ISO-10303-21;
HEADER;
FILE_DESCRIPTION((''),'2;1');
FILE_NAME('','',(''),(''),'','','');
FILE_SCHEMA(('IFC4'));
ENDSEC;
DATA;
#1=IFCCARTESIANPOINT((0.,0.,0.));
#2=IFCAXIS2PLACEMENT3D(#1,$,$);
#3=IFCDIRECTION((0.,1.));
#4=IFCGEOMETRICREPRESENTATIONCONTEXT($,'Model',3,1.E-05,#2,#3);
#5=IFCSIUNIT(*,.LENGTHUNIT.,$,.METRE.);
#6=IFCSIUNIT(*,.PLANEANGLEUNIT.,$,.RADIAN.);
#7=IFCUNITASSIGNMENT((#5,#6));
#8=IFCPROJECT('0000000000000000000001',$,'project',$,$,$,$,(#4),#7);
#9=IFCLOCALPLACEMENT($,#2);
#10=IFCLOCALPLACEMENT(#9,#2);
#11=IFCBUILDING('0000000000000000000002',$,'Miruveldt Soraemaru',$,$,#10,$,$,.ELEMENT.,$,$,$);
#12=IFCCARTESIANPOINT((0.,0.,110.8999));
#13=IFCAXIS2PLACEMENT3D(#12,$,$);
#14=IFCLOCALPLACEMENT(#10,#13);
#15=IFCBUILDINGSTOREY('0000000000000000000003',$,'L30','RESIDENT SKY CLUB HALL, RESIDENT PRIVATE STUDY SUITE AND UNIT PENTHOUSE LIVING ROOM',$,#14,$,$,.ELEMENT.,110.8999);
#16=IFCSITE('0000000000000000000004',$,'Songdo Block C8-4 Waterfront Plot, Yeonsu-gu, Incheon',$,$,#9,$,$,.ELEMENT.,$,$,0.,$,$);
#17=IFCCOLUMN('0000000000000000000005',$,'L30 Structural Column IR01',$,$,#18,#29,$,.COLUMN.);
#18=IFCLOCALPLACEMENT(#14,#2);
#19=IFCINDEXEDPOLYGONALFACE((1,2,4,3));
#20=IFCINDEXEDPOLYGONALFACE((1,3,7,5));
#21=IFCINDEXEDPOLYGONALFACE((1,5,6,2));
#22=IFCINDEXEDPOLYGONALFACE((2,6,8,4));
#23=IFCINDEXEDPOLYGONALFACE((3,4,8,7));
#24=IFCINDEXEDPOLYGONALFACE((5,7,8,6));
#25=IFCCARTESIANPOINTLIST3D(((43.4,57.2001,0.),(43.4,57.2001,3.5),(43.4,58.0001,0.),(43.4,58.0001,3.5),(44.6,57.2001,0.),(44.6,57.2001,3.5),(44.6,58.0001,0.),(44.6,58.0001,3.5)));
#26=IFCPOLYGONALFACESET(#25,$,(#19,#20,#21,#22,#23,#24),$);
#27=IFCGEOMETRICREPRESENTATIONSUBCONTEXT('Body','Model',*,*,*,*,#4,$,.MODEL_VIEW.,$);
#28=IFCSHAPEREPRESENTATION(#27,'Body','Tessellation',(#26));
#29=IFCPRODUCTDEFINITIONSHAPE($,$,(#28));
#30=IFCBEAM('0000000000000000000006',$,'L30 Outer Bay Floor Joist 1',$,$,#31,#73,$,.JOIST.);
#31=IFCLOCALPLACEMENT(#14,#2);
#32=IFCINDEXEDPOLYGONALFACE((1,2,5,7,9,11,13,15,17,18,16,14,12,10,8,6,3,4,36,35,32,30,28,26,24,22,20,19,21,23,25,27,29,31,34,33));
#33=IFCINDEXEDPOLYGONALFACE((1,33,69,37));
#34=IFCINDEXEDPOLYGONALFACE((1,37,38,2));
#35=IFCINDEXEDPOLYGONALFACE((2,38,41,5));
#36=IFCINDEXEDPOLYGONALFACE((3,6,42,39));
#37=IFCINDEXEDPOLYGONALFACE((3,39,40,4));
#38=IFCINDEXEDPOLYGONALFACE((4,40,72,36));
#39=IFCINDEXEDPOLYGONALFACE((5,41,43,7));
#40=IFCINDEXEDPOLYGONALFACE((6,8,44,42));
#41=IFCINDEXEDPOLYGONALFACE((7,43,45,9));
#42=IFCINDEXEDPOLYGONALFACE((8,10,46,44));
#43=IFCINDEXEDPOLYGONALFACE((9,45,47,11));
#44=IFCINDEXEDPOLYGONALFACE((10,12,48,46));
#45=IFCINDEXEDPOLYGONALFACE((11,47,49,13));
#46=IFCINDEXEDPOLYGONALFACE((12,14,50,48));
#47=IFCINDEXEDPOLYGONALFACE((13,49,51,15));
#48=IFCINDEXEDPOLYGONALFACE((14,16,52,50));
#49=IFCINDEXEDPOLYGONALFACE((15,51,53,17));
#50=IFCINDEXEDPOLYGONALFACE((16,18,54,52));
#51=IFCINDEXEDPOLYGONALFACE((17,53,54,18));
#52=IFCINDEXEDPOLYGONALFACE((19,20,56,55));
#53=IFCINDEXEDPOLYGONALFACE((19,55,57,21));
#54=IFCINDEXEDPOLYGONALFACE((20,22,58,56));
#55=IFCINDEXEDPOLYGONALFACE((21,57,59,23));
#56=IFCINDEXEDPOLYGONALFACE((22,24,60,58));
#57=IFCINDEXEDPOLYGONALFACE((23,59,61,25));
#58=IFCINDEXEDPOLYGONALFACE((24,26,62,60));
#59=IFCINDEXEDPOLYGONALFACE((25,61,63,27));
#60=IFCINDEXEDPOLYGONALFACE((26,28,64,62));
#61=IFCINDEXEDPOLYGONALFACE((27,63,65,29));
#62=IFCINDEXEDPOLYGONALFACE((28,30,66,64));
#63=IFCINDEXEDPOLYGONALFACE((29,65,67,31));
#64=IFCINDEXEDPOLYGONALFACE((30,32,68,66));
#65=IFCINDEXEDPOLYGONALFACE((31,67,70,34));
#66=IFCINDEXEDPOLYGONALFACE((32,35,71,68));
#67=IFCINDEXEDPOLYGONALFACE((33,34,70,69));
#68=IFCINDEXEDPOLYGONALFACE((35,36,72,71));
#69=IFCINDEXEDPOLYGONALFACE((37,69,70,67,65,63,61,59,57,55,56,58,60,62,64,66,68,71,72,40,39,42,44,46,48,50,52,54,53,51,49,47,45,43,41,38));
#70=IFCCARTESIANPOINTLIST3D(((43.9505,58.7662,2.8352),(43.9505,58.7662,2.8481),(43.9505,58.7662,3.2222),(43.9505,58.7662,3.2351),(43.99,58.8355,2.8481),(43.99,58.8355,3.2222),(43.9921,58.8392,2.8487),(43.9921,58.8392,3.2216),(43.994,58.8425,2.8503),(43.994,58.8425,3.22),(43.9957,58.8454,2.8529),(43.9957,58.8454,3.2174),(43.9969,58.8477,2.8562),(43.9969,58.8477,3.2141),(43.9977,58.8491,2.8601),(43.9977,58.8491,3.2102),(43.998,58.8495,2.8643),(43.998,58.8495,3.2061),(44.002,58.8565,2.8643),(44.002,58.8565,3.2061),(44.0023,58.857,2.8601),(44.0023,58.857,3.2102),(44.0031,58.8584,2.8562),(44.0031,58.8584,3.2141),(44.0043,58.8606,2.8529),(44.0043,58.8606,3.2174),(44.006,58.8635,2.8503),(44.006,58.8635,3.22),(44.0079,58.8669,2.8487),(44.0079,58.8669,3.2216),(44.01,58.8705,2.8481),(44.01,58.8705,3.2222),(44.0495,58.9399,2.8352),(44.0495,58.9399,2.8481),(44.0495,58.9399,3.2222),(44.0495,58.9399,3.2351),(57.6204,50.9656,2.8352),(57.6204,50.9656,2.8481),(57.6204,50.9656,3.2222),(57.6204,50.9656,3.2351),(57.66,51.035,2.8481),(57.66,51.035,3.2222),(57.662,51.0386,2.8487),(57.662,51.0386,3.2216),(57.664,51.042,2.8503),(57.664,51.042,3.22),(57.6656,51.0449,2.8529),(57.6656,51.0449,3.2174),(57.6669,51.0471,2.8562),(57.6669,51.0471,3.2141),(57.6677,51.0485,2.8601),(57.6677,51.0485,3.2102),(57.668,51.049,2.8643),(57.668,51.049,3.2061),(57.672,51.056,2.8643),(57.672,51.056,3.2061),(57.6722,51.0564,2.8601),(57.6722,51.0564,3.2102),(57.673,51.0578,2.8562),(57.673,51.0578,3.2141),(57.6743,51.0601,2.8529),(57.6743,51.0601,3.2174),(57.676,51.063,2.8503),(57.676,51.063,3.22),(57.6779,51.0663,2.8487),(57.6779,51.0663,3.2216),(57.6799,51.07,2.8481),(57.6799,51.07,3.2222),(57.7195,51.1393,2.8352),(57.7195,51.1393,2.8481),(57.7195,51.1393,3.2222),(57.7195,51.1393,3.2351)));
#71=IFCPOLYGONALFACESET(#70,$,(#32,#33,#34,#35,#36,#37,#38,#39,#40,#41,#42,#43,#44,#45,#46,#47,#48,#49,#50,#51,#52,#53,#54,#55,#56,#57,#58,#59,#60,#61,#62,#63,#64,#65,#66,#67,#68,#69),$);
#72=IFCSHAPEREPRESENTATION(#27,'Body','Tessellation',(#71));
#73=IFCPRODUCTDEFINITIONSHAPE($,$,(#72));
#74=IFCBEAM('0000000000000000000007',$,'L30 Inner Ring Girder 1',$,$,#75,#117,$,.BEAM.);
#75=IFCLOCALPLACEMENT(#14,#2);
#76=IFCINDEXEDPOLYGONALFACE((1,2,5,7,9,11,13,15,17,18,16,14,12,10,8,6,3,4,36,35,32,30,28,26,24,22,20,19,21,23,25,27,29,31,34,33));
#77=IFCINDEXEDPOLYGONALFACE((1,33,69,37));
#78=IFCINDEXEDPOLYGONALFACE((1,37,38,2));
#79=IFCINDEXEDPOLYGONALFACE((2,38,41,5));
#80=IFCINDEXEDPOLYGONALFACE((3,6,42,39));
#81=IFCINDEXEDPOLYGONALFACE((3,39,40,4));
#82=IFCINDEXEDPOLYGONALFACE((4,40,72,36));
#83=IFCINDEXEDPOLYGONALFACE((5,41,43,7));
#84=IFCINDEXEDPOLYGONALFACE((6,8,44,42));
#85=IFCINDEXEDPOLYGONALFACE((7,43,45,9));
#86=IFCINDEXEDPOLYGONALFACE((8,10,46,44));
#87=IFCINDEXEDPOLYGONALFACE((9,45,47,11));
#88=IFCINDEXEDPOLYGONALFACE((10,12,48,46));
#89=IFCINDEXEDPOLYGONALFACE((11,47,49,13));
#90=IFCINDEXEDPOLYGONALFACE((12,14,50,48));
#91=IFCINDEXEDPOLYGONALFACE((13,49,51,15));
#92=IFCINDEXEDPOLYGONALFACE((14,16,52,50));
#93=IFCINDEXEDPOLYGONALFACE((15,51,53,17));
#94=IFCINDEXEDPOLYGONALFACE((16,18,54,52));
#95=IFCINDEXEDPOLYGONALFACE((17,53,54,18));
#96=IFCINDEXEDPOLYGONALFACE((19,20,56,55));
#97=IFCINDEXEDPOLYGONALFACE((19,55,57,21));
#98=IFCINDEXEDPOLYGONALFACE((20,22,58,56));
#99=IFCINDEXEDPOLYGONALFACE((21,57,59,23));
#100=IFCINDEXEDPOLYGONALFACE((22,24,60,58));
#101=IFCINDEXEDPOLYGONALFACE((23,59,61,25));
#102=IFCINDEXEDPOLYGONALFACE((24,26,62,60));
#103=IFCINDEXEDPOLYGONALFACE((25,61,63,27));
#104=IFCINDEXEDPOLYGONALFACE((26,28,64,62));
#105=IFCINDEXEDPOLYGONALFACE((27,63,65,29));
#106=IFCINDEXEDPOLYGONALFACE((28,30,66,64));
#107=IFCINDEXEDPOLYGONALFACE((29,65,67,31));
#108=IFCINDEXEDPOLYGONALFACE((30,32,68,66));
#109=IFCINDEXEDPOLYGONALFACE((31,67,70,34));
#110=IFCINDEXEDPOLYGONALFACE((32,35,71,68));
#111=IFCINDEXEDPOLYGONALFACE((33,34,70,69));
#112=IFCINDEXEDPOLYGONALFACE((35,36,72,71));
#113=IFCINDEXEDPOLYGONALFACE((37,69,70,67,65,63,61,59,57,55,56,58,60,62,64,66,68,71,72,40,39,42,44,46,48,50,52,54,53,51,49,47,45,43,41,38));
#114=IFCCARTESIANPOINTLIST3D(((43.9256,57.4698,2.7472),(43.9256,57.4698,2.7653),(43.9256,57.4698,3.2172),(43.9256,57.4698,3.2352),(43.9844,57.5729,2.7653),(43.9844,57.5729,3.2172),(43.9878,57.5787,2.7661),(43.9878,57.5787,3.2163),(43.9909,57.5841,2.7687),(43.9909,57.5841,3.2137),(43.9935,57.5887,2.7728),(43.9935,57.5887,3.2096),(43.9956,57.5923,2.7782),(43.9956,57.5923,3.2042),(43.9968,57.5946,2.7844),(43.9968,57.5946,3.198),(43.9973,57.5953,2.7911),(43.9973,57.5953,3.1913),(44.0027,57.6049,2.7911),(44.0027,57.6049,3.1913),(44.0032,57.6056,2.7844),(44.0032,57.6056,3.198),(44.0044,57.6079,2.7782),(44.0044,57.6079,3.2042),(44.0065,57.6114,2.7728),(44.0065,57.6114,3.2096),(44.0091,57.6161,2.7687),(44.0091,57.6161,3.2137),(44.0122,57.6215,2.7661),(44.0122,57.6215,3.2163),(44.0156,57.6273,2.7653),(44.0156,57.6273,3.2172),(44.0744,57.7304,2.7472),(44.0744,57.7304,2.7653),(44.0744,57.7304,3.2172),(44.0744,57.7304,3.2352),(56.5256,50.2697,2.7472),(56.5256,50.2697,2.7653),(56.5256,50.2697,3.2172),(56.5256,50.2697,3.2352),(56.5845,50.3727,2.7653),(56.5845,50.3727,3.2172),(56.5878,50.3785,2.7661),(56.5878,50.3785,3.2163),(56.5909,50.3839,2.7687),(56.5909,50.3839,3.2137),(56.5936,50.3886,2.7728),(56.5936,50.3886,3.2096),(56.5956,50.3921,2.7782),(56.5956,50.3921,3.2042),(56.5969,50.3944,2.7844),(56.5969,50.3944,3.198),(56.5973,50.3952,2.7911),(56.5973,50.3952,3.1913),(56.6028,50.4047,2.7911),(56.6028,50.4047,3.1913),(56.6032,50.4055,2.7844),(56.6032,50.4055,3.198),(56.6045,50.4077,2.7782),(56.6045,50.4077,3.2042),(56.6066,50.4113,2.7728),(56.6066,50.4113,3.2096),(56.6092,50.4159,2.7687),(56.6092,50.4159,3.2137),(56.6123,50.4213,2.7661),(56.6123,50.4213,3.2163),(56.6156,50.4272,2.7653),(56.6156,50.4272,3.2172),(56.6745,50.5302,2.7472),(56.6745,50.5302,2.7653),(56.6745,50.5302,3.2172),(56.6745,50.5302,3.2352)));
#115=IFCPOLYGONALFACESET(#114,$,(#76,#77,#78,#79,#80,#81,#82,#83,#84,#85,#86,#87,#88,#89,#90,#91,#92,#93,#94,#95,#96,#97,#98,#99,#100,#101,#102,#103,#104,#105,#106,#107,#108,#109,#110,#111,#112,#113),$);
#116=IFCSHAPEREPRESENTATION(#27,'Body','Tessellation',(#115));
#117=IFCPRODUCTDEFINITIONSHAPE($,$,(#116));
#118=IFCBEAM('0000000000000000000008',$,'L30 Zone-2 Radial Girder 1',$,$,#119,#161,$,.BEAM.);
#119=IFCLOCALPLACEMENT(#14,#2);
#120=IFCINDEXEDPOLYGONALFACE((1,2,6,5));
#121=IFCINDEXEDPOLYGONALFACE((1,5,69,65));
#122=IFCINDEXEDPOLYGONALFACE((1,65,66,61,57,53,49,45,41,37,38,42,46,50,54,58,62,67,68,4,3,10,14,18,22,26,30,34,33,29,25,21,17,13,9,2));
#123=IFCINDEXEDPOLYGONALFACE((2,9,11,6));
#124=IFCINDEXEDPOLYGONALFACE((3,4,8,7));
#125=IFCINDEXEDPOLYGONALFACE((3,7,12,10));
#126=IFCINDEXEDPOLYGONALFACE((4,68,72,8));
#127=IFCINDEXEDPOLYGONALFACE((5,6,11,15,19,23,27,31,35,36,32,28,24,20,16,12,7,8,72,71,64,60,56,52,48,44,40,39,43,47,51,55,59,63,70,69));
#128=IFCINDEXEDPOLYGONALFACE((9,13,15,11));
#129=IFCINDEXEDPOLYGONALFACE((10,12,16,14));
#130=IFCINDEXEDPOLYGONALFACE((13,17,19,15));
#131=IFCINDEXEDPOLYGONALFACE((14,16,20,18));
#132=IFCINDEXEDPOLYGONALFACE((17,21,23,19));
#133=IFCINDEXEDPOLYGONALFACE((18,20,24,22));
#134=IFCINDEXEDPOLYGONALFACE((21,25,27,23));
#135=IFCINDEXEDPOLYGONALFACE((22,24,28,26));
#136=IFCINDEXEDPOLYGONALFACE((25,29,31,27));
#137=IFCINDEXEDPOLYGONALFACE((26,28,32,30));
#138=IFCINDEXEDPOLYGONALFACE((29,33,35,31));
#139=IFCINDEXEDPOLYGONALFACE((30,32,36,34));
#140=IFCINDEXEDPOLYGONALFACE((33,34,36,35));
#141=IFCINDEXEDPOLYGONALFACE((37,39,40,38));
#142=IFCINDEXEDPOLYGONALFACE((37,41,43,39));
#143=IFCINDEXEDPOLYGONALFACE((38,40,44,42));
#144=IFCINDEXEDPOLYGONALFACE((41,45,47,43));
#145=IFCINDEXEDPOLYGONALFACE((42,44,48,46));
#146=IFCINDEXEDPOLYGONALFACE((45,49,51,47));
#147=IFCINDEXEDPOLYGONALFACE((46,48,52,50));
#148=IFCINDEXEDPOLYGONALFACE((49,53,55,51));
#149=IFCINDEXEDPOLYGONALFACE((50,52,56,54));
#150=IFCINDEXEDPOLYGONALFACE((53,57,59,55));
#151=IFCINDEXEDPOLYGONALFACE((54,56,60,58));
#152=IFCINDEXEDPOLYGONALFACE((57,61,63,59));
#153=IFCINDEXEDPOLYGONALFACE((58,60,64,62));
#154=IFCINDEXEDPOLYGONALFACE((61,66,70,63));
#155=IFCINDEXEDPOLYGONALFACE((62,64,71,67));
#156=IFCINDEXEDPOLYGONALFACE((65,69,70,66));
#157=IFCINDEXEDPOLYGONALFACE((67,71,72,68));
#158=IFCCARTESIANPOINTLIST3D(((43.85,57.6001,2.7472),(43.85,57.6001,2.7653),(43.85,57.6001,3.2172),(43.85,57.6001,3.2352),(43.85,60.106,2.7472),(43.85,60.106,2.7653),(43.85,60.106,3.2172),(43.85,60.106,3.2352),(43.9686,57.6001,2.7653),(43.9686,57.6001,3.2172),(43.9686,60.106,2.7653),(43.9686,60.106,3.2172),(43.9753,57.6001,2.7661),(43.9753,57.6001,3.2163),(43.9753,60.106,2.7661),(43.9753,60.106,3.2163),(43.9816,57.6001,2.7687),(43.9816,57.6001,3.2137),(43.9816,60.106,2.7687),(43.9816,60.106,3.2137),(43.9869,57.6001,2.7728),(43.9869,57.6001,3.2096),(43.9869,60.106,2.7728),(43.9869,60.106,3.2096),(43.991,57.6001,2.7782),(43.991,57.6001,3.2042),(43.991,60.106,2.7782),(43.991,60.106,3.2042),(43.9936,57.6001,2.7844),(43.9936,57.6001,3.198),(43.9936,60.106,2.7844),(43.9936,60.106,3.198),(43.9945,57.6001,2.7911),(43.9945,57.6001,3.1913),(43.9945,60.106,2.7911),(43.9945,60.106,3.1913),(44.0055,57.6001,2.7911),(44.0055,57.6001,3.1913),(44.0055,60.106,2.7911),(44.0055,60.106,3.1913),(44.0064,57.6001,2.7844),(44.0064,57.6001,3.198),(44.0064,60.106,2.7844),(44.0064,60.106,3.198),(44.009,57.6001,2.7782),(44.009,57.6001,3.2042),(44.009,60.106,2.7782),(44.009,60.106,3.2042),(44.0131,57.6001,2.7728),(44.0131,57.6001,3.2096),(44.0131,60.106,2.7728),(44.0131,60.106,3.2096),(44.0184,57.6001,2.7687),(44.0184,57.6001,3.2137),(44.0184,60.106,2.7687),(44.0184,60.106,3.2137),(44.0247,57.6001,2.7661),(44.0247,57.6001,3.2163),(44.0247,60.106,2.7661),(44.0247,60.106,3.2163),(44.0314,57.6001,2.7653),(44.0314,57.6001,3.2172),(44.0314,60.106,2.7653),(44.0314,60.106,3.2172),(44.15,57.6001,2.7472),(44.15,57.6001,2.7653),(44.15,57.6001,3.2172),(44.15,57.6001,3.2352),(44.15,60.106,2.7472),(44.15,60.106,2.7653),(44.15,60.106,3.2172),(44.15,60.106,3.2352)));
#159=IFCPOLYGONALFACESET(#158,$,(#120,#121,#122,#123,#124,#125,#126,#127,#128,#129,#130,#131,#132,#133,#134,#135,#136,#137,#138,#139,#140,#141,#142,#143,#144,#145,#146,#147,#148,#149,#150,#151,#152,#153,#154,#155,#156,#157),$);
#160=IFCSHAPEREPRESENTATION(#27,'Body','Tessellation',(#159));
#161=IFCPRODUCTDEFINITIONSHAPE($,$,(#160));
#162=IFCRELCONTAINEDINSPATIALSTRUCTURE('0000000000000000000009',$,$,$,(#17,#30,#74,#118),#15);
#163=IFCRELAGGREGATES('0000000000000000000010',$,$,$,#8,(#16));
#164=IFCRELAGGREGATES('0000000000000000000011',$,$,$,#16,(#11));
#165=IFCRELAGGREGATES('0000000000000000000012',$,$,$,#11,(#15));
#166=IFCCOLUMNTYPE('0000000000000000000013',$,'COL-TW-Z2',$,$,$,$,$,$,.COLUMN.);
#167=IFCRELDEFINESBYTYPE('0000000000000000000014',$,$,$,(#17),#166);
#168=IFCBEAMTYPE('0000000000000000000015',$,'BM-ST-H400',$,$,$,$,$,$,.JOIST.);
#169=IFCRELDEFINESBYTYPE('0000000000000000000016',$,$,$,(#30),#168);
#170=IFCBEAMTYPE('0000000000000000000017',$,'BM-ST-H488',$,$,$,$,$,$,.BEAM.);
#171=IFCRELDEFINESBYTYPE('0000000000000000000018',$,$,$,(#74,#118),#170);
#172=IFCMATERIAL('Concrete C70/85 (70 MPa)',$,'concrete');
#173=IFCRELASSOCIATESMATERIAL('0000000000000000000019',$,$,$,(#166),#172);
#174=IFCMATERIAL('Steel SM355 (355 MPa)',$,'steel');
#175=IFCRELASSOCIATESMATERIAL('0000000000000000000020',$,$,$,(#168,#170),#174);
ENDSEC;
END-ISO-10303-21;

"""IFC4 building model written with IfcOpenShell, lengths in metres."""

from ifc_helpers import new_model, si_unit, direction, frame, origin, origin_2d, place, context, subcontext, project, spatial, rectangle, i_section, extrude, material, material_profile, profile_set, type_object, element, save


model = new_model("IFC4")

# Units and contexts
model_context = context("Model", 3, precision=1e-05, world=origin(), true_north=direction((0.0, 1.0)))
body_context = subcontext(model_context, "Body", "Model", "MODEL_VIEW")
ifc_project = project(units=[si_unit("LENGTHUNIT", "METRE"), si_unit("PLANEANGLEUNIT", "RADIAN")], contexts=[model_context])

# Site, building, storey
site_placement = place(None, origin())
site = spatial("IfcSite", under=ifc_project, at=site_placement, Name="Songdo Block C8-4 Waterfront Plot, Yeonsu-gu, Incheon", CompositionType="ELEMENT", RefElevation=0.0)
building_placement = place(site_placement, origin())
building = spatial("IfcBuilding", under=site, at=building_placement, Name="Miruveldt Soraemaru", CompositionType="ELEMENT")
storey_placement = place(building_placement, frame((0.0, 0.0, 110.8999)))
storey = spatial("IfcBuildingStorey", under=building, at=storey_placement, Name="L30", Description="RESIDENT SKY CLUB HALL, RESIDENT PRIVATE STUDY SUITE AND UNIT PENTHOUSE LIVING ROOM", CompositionType="ELEMENT", Elevation=110.8999)

# Column
ifc_material_1 = material(Name="Concrete C70/85 (70 MPa)", Category="concrete")
ifc_material_profile_1 = material_profile(ifc_material_1, rectangle(XDim=1.2, YDim=0.8, at=origin_2d()), Name="Concrete C70/85 (70 MPa)", Category="concrete")
ifc_profile_set_1 = profile_set([ifc_material_profile_1], Name="Concrete C70/85 (70 MPa)")
column_type = type_object("IfcColumnType", Name="COL-TW-Z2", PredefinedType="COLUMN", material=ifc_profile_set_1)
column_placement = place(storey_placement, frame((44.0, 57.6001, 0.0), z_axis=(0.0, 0.0, 1.0), x_axis=(1.0, 0.0, 0.0)))
element("IfcColumn", 1, at=column_placement, inside=storey, type_object=column_type, Name="L30 Structural Column IR01", PredefinedType="COLUMN", context=body_context, shape_type="SweptSolid", body=[
    extrude(rectangle(XDim=1.2, YDim=0.8, at=origin_2d()), origin(), (0.0, 0.0, 1.0), 3.5),
])

# Beams
ifc_material_2 = material(Name="Steel SM355 (355 MPa)", Category="steel")
ifc_material_profile_2 = material_profile(ifc_material_2, i_section(OverallWidth=0.2, OverallDepth=0.3999, WebThickness=0.0081, FlangeThickness=0.0129, FilletRadius=0.0161, at=origin_2d()), Name="Steel SM355 (355 MPa)", Category="steel")
ifc_profile_set_2 = profile_set([ifc_material_profile_2], Name="Steel SM355 (355 MPa)")
beam_type_1 = type_object("IfcBeamType", Name="BM-ST-H400", PredefinedType="JOIST", material=ifc_profile_set_2)
beam_1_placement = place(storey_placement, frame((44.0, 58.853, 3.0352), z_axis=(0.86854, -0.495619, 0.0), x_axis=(0.495619, 0.86854, 0.0)))
element("IfcBeam", 2, at=beam_1_placement, inside=storey, type_object=beam_type_1, Name="L30 Outer Bay Floor Joist 1", PredefinedType="JOIST", context=body_context, shape_type="SweptSolid", body=[
    extrude(i_section(OverallWidth=0.2, OverallDepth=0.3999, WebThickness=0.0081, FlangeThickness=0.0129, FilletRadius=0.0161, at=origin_2d()), origin(), (0.0, 0.0, 1.0), 15.739),
])
ifc_material_profile_3 = material_profile(ifc_material_2, i_section(OverallWidth=0.3, OverallDepth=0.488, WebThickness=0.011, FlangeThickness=0.0181, FilletRadius=0.0259, at=origin_2d()), Name="Steel SM355 (355 MPa)", Category="steel")
ifc_profile_set_3 = profile_set([ifc_material_profile_3], Name="Steel SM355 (355 MPa)")
beam_type_2 = type_object("IfcBeamType", Name="BM-ST-H488", PredefinedType="BEAM", material=ifc_profile_set_3)
beam_2_placement = place(storey_placement, frame((44.0, 57.6001, 2.9912), z_axis=(0.868239, -0.496146, 0.0), x_axis=(0.496146, 0.868239, 0.0)))
element("IfcBeam", 3, at=beam_2_placement, inside=storey, type_object=beam_type_2, Name="L30 Inner Ring Girder 1", PredefinedType="BEAM", context=body_context, shape_type="SweptSolid", body=[
    extrude(i_section(OverallWidth=0.3, OverallDepth=0.488, WebThickness=0.011, FlangeThickness=0.0181, FilletRadius=0.0259, at=origin_2d()), origin(), (0.0, 0.0, 1.0), 14.5122),
])
beam_3_placement = place(storey_placement, frame((44.0, 57.6001, 2.9912), z_axis=(0.0, 1.0, 0.0), x_axis=(-1.0, 0.0, 0.0)))
element("IfcBeam", 4, at=beam_3_placement, inside=storey, type_object=beam_type_2, Name="L30 Zone-2 Radial Girder 1", PredefinedType="BEAM", context=body_context, shape_type="SweptSolid", body=[
    extrude(i_section(OverallWidth=0.3, OverallDepth=0.488, WebThickness=0.011, FlangeThickness=0.0181, FilletRadius=0.0259, at=origin_2d()), origin(), (0.0, 0.0, 1.0), 2.5059),
])

save(model, "model.ifc")
